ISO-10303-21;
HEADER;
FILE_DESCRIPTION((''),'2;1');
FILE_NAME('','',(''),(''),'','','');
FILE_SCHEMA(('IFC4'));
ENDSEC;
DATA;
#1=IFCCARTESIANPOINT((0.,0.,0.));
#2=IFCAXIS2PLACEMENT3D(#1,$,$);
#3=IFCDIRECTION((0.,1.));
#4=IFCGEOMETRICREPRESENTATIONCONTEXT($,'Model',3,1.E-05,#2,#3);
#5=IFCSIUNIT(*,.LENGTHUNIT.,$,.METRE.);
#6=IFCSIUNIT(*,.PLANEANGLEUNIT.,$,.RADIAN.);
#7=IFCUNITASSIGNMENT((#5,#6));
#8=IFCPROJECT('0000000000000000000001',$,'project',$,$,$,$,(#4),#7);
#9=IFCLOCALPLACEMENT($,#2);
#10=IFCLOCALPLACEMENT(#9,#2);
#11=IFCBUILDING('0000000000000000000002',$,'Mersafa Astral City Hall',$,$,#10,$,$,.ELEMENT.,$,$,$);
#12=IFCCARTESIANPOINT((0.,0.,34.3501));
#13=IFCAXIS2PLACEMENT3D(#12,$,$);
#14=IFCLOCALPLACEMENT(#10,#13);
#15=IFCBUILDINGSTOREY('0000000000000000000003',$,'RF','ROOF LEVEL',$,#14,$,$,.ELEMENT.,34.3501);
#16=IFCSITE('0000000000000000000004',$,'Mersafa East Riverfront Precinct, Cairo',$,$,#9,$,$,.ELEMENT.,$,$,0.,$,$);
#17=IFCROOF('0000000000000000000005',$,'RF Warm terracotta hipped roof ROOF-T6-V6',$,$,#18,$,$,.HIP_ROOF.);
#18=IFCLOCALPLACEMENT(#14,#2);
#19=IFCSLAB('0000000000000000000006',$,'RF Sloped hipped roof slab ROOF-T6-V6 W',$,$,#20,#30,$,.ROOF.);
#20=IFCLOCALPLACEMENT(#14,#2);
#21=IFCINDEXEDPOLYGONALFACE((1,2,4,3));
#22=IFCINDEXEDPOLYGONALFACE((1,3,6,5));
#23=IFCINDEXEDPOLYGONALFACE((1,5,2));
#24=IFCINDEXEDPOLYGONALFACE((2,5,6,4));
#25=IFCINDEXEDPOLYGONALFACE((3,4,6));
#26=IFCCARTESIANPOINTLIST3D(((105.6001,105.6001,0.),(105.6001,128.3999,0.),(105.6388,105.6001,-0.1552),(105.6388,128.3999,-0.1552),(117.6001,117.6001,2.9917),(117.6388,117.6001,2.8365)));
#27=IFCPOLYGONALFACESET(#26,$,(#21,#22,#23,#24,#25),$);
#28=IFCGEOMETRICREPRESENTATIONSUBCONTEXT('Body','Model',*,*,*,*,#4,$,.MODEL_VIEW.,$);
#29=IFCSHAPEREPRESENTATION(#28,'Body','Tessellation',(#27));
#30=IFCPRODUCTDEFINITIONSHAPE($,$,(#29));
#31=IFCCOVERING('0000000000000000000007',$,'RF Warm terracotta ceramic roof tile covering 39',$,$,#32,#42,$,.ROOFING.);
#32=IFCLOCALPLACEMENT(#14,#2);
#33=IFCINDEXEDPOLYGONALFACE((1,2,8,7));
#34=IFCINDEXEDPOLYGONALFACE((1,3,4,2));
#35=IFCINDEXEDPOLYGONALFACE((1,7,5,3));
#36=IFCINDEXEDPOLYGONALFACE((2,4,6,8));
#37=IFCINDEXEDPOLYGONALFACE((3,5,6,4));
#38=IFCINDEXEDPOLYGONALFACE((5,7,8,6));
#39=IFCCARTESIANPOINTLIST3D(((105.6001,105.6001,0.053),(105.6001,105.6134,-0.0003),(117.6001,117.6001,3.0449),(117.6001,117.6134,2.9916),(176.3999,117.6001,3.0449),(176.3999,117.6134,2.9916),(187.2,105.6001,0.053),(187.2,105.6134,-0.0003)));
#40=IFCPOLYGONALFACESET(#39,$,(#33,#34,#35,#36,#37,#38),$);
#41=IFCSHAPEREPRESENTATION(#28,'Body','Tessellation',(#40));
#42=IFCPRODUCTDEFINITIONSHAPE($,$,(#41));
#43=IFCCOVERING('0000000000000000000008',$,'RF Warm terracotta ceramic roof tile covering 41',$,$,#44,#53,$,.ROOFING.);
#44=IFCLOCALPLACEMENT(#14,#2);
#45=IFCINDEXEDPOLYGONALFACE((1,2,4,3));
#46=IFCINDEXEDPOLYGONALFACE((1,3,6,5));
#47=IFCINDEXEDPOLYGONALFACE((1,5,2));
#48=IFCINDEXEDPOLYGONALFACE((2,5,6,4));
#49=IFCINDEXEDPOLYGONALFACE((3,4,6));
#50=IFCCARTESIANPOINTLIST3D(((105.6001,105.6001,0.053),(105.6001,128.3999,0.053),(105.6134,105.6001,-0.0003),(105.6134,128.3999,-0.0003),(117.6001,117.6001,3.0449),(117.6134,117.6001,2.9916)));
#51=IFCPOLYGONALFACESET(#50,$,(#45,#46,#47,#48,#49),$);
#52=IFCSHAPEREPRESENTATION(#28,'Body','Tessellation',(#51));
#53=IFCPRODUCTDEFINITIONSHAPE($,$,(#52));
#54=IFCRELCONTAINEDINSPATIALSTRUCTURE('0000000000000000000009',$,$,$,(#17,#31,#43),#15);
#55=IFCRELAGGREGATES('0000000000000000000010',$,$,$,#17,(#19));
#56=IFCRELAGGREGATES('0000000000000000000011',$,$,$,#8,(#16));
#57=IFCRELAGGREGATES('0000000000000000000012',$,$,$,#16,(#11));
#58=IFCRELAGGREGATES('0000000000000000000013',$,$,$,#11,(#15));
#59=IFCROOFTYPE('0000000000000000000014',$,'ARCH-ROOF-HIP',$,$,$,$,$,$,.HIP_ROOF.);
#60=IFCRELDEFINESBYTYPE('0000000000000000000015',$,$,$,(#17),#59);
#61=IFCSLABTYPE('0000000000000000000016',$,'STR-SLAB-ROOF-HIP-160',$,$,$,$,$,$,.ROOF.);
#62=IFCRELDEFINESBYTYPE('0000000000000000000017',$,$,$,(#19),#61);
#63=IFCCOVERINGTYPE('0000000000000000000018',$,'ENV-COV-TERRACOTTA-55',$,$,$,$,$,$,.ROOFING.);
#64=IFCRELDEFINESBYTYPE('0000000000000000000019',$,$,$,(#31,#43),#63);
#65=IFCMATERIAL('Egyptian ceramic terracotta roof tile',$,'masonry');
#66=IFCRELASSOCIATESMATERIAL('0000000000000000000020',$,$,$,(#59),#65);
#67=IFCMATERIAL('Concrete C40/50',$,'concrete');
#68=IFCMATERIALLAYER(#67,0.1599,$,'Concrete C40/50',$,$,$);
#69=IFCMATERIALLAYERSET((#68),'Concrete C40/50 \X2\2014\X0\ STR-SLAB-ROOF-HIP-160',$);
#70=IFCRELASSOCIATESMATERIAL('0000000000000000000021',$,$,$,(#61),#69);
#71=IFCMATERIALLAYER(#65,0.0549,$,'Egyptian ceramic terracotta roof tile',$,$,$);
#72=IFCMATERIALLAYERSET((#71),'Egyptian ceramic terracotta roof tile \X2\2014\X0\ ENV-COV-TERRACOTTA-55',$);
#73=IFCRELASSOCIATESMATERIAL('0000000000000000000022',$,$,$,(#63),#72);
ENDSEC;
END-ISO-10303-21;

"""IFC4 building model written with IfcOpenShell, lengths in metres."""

from ifc_helpers import new_model, si_unit, direction, frame, origin, place, context, subcontext, project, spatial, polyline, outline, extrude, material, layer, layer_set, type_object, element, aggregate, save


model = new_model("IFC4")

# Units and contexts
model_context = context("Model", 3, precision=1e-05, world=origin(), true_north=direction((0.0, 1.0)))
body_context = subcontext(model_context, "Body", "Model", "MODEL_VIEW")
ifc_project = project(units=[si_unit("LENGTHUNIT", "METRE"), si_unit("PLANEANGLEUNIT", "RADIAN")], contexts=[model_context])

# Site, building, storey
site_placement = place(None, origin())
site = spatial("IfcSite", under=ifc_project, at=site_placement, Name="Mersafa East Riverfront Precinct, Cairo", CompositionType="ELEMENT", RefElevation=0.0)
building_placement = place(site_placement, origin())
building = spatial("IfcBuilding", under=site, at=building_placement, Name="Mersafa Astral City Hall", CompositionType="ELEMENT")
storey_placement = place(building_placement, frame((0.0, 0.0, 34.3501)))
storey = spatial("IfcBuildingStorey", under=building, at=storey_placement, Name="RF", Description="ROOF LEVEL", CompositionType="ELEMENT", Elevation=34.3501)

# Shared definitions
ifc_material_1 = material(Name="Concrete C40/50", Category="concrete")

# Roof, slab
ifc_material_2 = material(Name="Egyptian ceramic terracotta roof tile", Category="masonry")
roof_type = type_object("IfcRoofType", Name="ARCH-ROOF-HIP", PredefinedType="HIP_ROOF", material=ifc_material_2)
roof_placement = place(storey_placement, origin())
roof = element("IfcRoof", 1, at=roof_placement, inside=storey, type_object=roof_type, Name="RF Warm terracotta hipped roof ROOF-T6-V6", PredefinedType="HIP_ROOF")
ifc_layer_1 = layer(ifc_material_1, 0.1599, Name="Concrete C40/50")
ifc_layer_set_1 = layer_set([ifc_layer_1], Name="Concrete C40/50 — STR-SLAB-ROOF-HIP-160")
slab_type_1 = type_object("IfcSlabType", Name="STR-SLAB-ROOF-HIP-160", PredefinedType="ROOF", material=ifc_layer_set_1)
slab_1_placement = place(storey_placement, frame((105.6001, 128.3999, 0.0), z_axis=(-0.241904, 0.0, 0.9703), x_axis=(0.0, -1.0, 0.0)))
slab_1 = element("IfcSlab", 2, at=slab_1_placement, type_object=slab_type_1, Name="RF Sloped hipped roof slab ROOF-T6-V6 W", PredefinedType="ROOF", context=body_context, shape_type="SweptSolid", body=[
    extrude(outline(polyline([(0.0, 0.0), (22.7998, 0.0), (10.7998, 12.3673), (0.0, 0.0)])), origin(), (0.0, 0.0, -1.0), 0.1599),
])
aggregate(roof, [slab_1])

# Coverings
ifc_layer_2 = layer(ifc_material_2, 0.0549, Name="Egyptian ceramic terracotta roof tile")
ifc_layer_set_2 = layer_set([ifc_layer_2], Name="Egyptian ceramic terracotta roof tile — ENV-COV-TERRACOTTA-55")
covering_type = type_object("IfcCoveringType", Name="ENV-COV-TERRACOTTA-55", PredefinedType="ROOFING", material=ifc_layer_set_2)
covering_1_placement = place(storey_placement, frame((105.6001, 105.6001, 0.053), z_axis=(0.0, -0.241922, 0.970296), x_axis=(1.0, 0.0, 0.0)))
element("IfcCovering", 3, at=covering_1_placement, inside=storey, type_object=covering_type, Name="RF Warm terracotta ceramic roof tile covering 39", PredefinedType="ROOFING", context=body_context, shape_type="SweptSolid", body=[
    extrude(outline(polyline([(0.0, 0.0), (81.5999, 0.0), (70.7998, 12.3674), (12.0, 12.3674), (0.0, 0.0)])), origin(), (0.0, 0.0, -1.0), 0.0549),
])
covering_2_placement = place(storey_placement, frame((105.6001, 128.3999, 0.053), z_axis=(-0.241922, 0.0, 0.970296), x_axis=(0.0, -1.0, 0.0)))
element("IfcCovering", 4, at=covering_2_placement, inside=storey, type_object=covering_type, Name="RF Warm terracotta ceramic roof tile covering 41", PredefinedType="ROOFING", context=body_context, shape_type="SweptSolid", body=[
    extrude(outline(polyline([(0.0, 0.0), (22.7998, 0.0), (10.7998, 12.3674), (0.0, 0.0)])), origin(), (0.0, 0.0, -1.0), 0.0549),
])

save(model, "model.ifc")
